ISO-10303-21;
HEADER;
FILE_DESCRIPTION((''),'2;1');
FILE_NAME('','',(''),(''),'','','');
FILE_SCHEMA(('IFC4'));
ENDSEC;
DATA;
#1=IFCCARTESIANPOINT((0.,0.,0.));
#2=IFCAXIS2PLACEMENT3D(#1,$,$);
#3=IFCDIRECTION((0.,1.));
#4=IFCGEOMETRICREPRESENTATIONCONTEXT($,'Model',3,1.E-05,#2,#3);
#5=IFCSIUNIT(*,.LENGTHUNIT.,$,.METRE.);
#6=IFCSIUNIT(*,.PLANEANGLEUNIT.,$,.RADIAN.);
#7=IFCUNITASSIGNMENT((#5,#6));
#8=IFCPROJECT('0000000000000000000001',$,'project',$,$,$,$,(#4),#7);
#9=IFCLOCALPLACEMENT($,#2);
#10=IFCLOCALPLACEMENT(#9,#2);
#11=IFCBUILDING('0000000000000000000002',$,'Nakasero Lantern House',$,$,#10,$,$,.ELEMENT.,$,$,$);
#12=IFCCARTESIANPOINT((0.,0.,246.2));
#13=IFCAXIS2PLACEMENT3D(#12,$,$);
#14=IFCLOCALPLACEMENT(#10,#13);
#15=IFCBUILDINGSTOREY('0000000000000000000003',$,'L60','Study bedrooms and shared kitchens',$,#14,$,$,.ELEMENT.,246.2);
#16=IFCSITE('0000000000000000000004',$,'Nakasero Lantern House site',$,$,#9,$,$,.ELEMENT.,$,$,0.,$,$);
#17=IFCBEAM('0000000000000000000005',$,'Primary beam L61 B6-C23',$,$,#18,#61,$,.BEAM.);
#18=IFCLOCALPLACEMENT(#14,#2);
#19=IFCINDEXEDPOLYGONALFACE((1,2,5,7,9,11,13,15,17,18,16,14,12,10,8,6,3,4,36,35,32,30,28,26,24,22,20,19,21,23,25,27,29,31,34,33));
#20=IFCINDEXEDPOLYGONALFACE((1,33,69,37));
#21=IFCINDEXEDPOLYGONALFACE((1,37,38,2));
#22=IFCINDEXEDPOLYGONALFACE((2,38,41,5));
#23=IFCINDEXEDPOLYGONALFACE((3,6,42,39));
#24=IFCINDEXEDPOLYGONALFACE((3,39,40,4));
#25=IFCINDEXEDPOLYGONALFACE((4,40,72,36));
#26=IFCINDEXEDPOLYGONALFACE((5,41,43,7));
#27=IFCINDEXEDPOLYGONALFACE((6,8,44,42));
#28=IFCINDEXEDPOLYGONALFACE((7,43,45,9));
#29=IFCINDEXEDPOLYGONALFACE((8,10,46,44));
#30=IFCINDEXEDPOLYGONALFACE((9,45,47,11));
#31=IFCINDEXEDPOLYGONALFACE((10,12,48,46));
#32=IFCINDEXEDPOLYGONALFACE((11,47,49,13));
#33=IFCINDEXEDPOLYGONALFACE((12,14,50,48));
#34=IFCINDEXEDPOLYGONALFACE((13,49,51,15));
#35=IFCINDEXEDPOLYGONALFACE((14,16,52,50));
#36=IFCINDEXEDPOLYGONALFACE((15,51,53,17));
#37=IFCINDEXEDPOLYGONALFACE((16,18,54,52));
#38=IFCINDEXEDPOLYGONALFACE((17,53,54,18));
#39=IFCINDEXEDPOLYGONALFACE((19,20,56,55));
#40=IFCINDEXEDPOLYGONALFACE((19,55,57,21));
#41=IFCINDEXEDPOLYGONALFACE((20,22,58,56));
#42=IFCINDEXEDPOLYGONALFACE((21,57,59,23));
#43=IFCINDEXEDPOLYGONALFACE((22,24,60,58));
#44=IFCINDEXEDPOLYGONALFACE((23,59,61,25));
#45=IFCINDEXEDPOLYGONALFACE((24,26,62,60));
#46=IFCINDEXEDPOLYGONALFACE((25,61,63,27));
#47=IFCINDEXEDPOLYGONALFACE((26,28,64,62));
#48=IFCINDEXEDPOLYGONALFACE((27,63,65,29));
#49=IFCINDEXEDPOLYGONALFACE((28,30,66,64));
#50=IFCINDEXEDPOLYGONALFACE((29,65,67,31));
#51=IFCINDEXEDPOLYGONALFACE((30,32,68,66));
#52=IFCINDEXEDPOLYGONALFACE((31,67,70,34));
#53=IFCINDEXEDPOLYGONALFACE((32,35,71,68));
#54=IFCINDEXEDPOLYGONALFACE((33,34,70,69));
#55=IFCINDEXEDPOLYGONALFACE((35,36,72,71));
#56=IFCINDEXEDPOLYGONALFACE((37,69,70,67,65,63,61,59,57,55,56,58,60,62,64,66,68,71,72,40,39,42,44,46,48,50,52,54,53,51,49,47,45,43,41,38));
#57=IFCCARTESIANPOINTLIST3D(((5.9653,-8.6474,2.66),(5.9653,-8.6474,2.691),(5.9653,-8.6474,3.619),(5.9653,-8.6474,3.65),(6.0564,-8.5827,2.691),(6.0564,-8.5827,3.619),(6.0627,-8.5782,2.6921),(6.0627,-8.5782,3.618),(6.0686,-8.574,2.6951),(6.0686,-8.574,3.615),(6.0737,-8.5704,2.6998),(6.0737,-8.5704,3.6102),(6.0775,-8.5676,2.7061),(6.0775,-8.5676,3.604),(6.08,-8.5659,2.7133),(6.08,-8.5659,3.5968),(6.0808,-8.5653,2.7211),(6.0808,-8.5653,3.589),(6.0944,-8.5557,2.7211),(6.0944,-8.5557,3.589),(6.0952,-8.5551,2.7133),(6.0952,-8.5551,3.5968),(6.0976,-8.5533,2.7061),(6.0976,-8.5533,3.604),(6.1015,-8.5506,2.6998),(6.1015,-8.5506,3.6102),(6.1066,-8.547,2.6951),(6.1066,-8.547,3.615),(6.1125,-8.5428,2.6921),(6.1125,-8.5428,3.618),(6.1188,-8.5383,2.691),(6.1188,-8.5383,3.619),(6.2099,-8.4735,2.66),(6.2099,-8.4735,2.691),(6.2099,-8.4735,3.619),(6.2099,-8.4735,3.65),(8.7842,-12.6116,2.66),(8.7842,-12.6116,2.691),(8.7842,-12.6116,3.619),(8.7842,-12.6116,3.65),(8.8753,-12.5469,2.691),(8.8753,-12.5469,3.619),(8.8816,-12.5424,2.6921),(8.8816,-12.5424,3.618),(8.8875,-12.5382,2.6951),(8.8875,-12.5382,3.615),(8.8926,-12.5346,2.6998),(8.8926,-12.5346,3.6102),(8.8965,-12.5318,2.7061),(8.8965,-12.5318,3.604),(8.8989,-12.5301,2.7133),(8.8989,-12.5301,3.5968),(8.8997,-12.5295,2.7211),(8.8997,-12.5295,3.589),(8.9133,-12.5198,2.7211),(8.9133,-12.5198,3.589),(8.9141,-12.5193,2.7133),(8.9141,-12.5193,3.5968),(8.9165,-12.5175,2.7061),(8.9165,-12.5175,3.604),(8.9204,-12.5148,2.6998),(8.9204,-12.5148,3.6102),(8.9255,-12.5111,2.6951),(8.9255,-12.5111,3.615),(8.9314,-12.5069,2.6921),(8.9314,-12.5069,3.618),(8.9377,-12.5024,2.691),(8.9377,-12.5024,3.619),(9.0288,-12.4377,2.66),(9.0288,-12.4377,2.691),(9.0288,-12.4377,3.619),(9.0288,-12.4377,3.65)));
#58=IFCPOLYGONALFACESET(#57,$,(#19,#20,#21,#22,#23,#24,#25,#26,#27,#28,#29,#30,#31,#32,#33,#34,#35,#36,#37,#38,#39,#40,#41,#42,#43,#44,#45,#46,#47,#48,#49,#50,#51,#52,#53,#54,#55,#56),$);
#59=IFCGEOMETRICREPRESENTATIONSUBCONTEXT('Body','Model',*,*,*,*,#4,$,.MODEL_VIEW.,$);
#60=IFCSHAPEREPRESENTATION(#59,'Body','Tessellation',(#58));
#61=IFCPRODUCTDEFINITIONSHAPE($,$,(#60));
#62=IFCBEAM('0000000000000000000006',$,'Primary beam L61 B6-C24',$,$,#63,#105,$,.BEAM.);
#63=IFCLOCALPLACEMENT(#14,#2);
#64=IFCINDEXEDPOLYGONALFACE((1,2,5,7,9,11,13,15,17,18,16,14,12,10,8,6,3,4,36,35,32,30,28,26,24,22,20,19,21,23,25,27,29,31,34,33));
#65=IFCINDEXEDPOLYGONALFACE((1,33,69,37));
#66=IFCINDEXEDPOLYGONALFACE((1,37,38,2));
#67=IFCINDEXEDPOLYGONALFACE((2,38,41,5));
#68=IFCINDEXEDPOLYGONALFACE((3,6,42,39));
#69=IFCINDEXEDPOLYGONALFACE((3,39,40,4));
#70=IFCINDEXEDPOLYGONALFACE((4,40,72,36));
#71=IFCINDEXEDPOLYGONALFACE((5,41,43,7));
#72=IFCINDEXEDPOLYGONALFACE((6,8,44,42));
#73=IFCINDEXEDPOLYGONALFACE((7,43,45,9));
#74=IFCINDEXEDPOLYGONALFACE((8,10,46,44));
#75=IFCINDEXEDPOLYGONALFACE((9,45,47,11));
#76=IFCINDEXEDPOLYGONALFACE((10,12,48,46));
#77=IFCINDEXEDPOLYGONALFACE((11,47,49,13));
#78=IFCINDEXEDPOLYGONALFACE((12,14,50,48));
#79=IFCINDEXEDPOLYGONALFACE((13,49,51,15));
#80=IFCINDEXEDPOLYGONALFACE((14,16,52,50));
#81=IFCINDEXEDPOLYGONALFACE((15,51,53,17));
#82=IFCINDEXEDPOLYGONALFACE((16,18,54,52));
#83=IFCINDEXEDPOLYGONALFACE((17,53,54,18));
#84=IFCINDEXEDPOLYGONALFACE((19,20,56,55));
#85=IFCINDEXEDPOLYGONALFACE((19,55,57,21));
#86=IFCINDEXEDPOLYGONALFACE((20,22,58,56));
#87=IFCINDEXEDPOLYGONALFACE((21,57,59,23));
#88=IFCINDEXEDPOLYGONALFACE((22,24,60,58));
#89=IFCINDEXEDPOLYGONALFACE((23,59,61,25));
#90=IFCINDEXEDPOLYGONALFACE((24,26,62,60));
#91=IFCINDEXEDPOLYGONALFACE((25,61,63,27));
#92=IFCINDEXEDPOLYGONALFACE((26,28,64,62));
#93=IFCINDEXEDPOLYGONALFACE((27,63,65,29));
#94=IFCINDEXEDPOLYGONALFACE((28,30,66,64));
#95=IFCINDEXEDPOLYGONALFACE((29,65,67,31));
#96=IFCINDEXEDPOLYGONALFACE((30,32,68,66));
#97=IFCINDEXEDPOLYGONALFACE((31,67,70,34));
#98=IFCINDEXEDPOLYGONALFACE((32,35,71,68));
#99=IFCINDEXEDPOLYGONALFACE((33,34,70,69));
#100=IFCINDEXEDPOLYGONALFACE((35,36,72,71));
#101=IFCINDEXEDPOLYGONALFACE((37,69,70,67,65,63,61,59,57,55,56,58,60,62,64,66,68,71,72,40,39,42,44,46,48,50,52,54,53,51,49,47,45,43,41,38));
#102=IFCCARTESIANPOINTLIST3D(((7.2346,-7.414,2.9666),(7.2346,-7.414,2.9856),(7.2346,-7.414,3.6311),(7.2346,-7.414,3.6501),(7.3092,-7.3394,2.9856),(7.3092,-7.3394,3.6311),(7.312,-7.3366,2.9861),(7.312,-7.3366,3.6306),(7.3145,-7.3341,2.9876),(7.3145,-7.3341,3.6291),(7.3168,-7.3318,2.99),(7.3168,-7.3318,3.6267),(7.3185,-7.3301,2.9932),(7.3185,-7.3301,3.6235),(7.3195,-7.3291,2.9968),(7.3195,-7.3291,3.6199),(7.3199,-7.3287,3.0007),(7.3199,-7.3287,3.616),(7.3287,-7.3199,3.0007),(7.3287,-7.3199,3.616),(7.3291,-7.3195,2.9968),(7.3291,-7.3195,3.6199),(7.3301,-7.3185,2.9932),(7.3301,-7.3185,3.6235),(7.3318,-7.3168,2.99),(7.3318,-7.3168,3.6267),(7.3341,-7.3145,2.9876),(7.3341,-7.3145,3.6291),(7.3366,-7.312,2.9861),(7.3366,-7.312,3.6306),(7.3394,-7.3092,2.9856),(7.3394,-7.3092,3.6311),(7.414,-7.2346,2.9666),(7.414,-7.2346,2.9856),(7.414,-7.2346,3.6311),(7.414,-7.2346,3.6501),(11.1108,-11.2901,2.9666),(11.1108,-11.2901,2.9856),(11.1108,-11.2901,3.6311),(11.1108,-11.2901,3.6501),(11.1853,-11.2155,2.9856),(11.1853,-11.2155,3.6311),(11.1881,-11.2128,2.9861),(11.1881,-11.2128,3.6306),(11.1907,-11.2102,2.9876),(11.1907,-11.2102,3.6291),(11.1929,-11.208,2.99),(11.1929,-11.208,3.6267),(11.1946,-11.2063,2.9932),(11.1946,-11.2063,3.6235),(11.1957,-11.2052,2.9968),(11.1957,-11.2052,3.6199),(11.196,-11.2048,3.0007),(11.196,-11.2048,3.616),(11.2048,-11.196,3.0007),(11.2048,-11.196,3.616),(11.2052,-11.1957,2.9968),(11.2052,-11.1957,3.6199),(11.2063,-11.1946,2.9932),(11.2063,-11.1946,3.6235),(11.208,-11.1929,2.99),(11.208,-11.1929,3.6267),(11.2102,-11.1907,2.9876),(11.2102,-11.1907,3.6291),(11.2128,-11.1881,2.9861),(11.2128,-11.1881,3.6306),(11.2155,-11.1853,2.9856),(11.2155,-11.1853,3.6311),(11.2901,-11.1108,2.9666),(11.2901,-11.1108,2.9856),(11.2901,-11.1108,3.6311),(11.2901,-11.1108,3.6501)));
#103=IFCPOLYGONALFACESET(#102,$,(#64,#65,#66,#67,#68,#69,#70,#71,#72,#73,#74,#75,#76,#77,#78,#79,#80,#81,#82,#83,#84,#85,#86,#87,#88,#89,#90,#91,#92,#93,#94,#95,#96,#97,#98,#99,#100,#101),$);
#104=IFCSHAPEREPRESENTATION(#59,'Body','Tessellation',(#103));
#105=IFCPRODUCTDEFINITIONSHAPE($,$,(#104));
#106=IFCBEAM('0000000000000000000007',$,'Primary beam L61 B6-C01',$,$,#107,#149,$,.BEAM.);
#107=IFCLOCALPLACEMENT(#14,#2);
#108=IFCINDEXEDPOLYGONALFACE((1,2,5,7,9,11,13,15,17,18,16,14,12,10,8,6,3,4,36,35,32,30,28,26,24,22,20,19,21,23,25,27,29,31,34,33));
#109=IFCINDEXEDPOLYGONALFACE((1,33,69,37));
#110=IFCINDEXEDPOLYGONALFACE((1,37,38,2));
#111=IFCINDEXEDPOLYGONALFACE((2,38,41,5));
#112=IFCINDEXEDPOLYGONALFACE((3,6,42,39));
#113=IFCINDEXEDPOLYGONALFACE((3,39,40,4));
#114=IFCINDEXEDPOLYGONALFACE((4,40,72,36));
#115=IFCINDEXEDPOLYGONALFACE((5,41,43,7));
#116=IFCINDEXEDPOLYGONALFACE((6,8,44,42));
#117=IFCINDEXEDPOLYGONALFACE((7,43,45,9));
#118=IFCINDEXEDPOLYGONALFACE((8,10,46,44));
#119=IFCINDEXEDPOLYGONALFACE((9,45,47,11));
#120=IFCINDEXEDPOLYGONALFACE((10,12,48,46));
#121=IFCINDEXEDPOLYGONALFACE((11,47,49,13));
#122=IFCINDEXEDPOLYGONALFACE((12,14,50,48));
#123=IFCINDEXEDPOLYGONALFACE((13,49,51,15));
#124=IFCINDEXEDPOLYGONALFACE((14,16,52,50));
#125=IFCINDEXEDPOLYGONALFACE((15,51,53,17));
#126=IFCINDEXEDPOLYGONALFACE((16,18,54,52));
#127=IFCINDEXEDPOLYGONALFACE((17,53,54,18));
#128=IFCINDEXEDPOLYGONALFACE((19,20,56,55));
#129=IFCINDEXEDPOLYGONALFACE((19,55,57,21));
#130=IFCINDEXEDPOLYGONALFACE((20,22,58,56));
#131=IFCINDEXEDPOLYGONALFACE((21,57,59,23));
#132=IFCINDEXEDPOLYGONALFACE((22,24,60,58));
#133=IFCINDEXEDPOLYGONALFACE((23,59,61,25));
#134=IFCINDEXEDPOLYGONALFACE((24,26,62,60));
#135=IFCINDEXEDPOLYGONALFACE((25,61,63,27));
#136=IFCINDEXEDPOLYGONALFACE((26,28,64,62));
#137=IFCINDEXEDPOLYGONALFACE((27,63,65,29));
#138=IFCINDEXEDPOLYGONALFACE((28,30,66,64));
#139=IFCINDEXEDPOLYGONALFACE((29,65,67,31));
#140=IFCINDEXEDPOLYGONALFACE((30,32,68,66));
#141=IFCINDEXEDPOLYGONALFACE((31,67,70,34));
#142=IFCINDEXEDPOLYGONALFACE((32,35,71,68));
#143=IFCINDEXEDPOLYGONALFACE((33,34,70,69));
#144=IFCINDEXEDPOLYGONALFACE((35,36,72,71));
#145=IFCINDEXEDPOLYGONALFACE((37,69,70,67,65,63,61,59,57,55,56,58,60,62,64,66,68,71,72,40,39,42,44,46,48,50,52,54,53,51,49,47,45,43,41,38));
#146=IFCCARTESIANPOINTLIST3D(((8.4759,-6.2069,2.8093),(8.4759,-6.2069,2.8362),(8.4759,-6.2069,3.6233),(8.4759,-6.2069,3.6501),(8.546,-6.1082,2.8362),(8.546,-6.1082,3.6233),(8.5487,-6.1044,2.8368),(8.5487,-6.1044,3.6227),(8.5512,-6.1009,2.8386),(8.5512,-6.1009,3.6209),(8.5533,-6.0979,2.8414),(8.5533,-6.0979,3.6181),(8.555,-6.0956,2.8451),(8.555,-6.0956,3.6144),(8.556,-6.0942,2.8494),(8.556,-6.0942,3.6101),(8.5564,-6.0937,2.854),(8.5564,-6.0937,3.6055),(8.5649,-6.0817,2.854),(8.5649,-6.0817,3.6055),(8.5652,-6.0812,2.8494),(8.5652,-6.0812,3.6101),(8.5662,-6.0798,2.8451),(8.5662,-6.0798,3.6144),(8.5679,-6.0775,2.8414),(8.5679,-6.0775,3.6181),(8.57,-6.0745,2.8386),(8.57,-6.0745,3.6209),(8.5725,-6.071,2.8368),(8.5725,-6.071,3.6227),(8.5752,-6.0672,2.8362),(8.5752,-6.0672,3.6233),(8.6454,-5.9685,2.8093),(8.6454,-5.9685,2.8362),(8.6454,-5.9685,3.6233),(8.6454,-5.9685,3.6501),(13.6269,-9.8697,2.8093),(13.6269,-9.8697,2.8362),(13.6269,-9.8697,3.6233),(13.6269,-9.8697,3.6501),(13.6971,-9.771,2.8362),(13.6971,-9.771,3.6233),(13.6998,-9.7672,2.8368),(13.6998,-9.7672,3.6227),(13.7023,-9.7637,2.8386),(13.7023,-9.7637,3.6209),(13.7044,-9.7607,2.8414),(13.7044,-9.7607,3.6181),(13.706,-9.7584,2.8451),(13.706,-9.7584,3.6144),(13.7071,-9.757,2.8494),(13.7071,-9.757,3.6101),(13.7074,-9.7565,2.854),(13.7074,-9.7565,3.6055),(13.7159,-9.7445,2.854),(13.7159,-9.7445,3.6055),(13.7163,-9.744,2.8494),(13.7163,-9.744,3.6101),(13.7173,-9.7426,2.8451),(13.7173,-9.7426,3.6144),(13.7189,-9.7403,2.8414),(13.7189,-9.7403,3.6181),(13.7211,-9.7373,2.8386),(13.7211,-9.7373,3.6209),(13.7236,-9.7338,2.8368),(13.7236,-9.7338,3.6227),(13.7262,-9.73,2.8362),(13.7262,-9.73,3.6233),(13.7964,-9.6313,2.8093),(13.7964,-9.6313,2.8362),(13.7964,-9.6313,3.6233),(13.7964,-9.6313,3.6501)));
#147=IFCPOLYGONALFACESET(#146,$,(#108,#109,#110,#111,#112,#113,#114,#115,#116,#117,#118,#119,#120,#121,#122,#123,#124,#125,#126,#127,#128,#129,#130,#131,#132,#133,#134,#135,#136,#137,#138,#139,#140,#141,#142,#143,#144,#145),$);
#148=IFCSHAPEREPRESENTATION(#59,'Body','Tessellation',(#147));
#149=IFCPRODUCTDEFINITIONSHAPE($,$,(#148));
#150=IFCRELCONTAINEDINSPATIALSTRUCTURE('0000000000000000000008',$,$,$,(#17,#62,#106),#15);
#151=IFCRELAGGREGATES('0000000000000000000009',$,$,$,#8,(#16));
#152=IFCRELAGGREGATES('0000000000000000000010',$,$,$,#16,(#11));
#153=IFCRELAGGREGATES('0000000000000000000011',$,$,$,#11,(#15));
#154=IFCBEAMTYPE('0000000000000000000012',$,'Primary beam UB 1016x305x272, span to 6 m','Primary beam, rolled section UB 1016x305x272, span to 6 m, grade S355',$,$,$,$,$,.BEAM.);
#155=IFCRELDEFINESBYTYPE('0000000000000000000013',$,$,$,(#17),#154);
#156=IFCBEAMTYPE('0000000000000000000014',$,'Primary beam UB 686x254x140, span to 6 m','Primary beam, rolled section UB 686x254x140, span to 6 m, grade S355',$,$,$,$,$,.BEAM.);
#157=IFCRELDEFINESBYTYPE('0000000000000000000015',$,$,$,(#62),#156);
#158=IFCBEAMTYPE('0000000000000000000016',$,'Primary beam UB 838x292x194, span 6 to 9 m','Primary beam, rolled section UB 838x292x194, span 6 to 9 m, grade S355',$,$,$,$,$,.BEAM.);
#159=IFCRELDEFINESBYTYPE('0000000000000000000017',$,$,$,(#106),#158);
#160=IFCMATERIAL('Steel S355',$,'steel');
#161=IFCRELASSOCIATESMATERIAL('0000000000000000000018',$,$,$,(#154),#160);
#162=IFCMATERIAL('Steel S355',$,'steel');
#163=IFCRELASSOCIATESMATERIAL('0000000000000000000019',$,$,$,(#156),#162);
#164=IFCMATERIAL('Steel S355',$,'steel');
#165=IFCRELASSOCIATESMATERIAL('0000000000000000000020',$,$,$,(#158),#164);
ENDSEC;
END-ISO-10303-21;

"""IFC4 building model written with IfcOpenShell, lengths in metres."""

from ifc_helpers import new_model, si_unit, direction, frame, origin, origin_2d, place, context, subcontext, project, spatial, i_section, extrude, material, material_profile, profile_set, type_object, element, save


model = new_model("IFC4")

# Units and contexts
model_context = context("Model", 3, precision=1e-05, world=origin(), true_north=direction((0.0, 1.0)))
body_context = subcontext(model_context, "Body", "Model", "MODEL_VIEW")
ifc_project = project(units=[si_unit("LENGTHUNIT", "METRE"), si_unit("PLANEANGLEUNIT", "RADIAN")], contexts=[model_context])

# Site, building, storey
site_placement = place(None, origin())
site = spatial("IfcSite", under=ifc_project, at=site_placement, Name="Nakasero Lantern House site", CompositionType="ELEMENT", RefElevation=0.0)
building_placement = place(site_placement, origin())
building = spatial("IfcBuilding", under=site, at=building_placement, Name="Nakasero Lantern House", CompositionType="ELEMENT")
storey_placement = place(building_placement, frame((0.0, 0.0, 246.2)))
storey = spatial("IfcBuildingStorey", under=building, at=storey_placement, Name="L60", Description="Study bedrooms and shared kitchens", CompositionType="ELEMENT", Elevation=246.2)

# Beams
ifc_material_1 = material(Name="Steel S355", Category="steel")
ifc_material_profile_1 = material_profile(ifc_material_1, i_section(OverallWidth=0.3, OverallDepth=0.99, WebThickness=0.0166, FlangeThickness=0.031, FilletRadius=0.03, at=origin_2d()), Name="UB 1016x305x272")
ifc_profile_set_1 = profile_set([ifc_material_profile_1], Name="Steel S355")
beam_type_1 = type_object("IfcBeamType", Name="Primary beam UB 1016x305x272, span to 6 m", Description="Primary beam, rolled section UB 1016x305x272, span to 6 m, grade S355", PredefinedType="BEAM", material=ifc_profile_set_1)
beam_1_placement = place(storey_placement, frame((8.9065, -12.5247, 3.155), z_axis=(-0.579513, 0.814963, 0.0), x_axis=(-0.814963, -0.579513, 0.0)))
element("IfcBeam", 1, at=beam_1_placement, inside=storey, type_object=beam_type_1, Name="Primary beam L61 B6-C23", PredefinedType="BEAM", context=body_context, shape_type="SweptSolid", body=[
    extrude(i_section(OverallWidth=0.3, OverallDepth=0.99, WebThickness=0.0166, FlangeThickness=0.031, FilletRadius=0.03, at=origin_2d()), origin(), (0.0, 0.0, 1.0), 4.8643),
])
ifc_material_2 = material(Name="Steel S355", Category="steel")
ifc_material_profile_2 = material_profile(ifc_material_2, i_section(OverallWidth=0.2537, OverallDepth=0.6836, WebThickness=0.0125, FlangeThickness=0.019, FilletRadius=0.0151, at=origin_2d()), Name="UB 686x254x140")
ifc_profile_set_2 = profile_set([ifc_material_profile_2], Name="Steel S355")
beam_type_2 = type_object("IfcBeamType", Name="Primary beam UB 686x254x140, span to 6 m", Description="Primary beam, rolled section UB 686x254x140, span to 6 m, grade S355", PredefinedType="BEAM", material=ifc_profile_set_2)
beam_2_placement = place(storey_placement, frame((11.2004, -11.2004, 3.3083), z_axis=(-0.707107, 0.707107, 0.0), x_axis=(-0.707107, -0.707107, 0.0)))
element("IfcBeam", 2, at=beam_2_placement, inside=storey, type_object=beam_type_2, Name="Primary beam L61 B6-C24", PredefinedType="BEAM", context=body_context, shape_type="SweptSolid", body=[
    extrude(i_section(OverallWidth=0.2537, OverallDepth=0.6836, WebThickness=0.0125, FlangeThickness=0.019, FilletRadius=0.0151, at=origin_2d()), origin(), (0.0, 0.0, 1.0), 5.4817),
])
ifc_material_3 = material(Name="Steel S355", Category="steel")
ifc_material_profile_3 = material_profile(ifc_material_3, i_section(OverallWidth=0.2925, OverallDepth=0.8408, WebThickness=0.0146, FlangeThickness=0.0269, FilletRadius=0.0178, at=origin_2d()), Name="UB 838x292x194")
ifc_profile_set_3 = profile_set([ifc_material_profile_3], Name="Steel S355")
beam_type_3 = type_object("IfcBeamType", Name="Primary beam UB 838x292x194, span 6 to 9 m", Description="Primary beam, rolled section UB 838x292x194, span 6 to 9 m, grade S355", PredefinedType="BEAM", material=ifc_profile_set_3)
beam_3_placement = place(storey_placement, frame((13.7117, -9.7505, 3.2297), z_axis=(-0.814969, 0.579505, 0.0), x_axis=(-0.579505, -0.814969, 0.0)))
element("IfcBeam", 3, at=beam_3_placement, inside=storey, type_object=beam_type_3, Name="Primary beam L61 B6-C01", PredefinedType="BEAM", context=body_context, shape_type="SweptSolid", body=[
    extrude(i_section(OverallWidth=0.2925, OverallDepth=0.8408, WebThickness=0.0146, FlangeThickness=0.0269, FilletRadius=0.0178, at=origin_2d()), origin(), (0.0, 0.0, 1.0), 6.3206),
])

save(model, "model.ifc")
